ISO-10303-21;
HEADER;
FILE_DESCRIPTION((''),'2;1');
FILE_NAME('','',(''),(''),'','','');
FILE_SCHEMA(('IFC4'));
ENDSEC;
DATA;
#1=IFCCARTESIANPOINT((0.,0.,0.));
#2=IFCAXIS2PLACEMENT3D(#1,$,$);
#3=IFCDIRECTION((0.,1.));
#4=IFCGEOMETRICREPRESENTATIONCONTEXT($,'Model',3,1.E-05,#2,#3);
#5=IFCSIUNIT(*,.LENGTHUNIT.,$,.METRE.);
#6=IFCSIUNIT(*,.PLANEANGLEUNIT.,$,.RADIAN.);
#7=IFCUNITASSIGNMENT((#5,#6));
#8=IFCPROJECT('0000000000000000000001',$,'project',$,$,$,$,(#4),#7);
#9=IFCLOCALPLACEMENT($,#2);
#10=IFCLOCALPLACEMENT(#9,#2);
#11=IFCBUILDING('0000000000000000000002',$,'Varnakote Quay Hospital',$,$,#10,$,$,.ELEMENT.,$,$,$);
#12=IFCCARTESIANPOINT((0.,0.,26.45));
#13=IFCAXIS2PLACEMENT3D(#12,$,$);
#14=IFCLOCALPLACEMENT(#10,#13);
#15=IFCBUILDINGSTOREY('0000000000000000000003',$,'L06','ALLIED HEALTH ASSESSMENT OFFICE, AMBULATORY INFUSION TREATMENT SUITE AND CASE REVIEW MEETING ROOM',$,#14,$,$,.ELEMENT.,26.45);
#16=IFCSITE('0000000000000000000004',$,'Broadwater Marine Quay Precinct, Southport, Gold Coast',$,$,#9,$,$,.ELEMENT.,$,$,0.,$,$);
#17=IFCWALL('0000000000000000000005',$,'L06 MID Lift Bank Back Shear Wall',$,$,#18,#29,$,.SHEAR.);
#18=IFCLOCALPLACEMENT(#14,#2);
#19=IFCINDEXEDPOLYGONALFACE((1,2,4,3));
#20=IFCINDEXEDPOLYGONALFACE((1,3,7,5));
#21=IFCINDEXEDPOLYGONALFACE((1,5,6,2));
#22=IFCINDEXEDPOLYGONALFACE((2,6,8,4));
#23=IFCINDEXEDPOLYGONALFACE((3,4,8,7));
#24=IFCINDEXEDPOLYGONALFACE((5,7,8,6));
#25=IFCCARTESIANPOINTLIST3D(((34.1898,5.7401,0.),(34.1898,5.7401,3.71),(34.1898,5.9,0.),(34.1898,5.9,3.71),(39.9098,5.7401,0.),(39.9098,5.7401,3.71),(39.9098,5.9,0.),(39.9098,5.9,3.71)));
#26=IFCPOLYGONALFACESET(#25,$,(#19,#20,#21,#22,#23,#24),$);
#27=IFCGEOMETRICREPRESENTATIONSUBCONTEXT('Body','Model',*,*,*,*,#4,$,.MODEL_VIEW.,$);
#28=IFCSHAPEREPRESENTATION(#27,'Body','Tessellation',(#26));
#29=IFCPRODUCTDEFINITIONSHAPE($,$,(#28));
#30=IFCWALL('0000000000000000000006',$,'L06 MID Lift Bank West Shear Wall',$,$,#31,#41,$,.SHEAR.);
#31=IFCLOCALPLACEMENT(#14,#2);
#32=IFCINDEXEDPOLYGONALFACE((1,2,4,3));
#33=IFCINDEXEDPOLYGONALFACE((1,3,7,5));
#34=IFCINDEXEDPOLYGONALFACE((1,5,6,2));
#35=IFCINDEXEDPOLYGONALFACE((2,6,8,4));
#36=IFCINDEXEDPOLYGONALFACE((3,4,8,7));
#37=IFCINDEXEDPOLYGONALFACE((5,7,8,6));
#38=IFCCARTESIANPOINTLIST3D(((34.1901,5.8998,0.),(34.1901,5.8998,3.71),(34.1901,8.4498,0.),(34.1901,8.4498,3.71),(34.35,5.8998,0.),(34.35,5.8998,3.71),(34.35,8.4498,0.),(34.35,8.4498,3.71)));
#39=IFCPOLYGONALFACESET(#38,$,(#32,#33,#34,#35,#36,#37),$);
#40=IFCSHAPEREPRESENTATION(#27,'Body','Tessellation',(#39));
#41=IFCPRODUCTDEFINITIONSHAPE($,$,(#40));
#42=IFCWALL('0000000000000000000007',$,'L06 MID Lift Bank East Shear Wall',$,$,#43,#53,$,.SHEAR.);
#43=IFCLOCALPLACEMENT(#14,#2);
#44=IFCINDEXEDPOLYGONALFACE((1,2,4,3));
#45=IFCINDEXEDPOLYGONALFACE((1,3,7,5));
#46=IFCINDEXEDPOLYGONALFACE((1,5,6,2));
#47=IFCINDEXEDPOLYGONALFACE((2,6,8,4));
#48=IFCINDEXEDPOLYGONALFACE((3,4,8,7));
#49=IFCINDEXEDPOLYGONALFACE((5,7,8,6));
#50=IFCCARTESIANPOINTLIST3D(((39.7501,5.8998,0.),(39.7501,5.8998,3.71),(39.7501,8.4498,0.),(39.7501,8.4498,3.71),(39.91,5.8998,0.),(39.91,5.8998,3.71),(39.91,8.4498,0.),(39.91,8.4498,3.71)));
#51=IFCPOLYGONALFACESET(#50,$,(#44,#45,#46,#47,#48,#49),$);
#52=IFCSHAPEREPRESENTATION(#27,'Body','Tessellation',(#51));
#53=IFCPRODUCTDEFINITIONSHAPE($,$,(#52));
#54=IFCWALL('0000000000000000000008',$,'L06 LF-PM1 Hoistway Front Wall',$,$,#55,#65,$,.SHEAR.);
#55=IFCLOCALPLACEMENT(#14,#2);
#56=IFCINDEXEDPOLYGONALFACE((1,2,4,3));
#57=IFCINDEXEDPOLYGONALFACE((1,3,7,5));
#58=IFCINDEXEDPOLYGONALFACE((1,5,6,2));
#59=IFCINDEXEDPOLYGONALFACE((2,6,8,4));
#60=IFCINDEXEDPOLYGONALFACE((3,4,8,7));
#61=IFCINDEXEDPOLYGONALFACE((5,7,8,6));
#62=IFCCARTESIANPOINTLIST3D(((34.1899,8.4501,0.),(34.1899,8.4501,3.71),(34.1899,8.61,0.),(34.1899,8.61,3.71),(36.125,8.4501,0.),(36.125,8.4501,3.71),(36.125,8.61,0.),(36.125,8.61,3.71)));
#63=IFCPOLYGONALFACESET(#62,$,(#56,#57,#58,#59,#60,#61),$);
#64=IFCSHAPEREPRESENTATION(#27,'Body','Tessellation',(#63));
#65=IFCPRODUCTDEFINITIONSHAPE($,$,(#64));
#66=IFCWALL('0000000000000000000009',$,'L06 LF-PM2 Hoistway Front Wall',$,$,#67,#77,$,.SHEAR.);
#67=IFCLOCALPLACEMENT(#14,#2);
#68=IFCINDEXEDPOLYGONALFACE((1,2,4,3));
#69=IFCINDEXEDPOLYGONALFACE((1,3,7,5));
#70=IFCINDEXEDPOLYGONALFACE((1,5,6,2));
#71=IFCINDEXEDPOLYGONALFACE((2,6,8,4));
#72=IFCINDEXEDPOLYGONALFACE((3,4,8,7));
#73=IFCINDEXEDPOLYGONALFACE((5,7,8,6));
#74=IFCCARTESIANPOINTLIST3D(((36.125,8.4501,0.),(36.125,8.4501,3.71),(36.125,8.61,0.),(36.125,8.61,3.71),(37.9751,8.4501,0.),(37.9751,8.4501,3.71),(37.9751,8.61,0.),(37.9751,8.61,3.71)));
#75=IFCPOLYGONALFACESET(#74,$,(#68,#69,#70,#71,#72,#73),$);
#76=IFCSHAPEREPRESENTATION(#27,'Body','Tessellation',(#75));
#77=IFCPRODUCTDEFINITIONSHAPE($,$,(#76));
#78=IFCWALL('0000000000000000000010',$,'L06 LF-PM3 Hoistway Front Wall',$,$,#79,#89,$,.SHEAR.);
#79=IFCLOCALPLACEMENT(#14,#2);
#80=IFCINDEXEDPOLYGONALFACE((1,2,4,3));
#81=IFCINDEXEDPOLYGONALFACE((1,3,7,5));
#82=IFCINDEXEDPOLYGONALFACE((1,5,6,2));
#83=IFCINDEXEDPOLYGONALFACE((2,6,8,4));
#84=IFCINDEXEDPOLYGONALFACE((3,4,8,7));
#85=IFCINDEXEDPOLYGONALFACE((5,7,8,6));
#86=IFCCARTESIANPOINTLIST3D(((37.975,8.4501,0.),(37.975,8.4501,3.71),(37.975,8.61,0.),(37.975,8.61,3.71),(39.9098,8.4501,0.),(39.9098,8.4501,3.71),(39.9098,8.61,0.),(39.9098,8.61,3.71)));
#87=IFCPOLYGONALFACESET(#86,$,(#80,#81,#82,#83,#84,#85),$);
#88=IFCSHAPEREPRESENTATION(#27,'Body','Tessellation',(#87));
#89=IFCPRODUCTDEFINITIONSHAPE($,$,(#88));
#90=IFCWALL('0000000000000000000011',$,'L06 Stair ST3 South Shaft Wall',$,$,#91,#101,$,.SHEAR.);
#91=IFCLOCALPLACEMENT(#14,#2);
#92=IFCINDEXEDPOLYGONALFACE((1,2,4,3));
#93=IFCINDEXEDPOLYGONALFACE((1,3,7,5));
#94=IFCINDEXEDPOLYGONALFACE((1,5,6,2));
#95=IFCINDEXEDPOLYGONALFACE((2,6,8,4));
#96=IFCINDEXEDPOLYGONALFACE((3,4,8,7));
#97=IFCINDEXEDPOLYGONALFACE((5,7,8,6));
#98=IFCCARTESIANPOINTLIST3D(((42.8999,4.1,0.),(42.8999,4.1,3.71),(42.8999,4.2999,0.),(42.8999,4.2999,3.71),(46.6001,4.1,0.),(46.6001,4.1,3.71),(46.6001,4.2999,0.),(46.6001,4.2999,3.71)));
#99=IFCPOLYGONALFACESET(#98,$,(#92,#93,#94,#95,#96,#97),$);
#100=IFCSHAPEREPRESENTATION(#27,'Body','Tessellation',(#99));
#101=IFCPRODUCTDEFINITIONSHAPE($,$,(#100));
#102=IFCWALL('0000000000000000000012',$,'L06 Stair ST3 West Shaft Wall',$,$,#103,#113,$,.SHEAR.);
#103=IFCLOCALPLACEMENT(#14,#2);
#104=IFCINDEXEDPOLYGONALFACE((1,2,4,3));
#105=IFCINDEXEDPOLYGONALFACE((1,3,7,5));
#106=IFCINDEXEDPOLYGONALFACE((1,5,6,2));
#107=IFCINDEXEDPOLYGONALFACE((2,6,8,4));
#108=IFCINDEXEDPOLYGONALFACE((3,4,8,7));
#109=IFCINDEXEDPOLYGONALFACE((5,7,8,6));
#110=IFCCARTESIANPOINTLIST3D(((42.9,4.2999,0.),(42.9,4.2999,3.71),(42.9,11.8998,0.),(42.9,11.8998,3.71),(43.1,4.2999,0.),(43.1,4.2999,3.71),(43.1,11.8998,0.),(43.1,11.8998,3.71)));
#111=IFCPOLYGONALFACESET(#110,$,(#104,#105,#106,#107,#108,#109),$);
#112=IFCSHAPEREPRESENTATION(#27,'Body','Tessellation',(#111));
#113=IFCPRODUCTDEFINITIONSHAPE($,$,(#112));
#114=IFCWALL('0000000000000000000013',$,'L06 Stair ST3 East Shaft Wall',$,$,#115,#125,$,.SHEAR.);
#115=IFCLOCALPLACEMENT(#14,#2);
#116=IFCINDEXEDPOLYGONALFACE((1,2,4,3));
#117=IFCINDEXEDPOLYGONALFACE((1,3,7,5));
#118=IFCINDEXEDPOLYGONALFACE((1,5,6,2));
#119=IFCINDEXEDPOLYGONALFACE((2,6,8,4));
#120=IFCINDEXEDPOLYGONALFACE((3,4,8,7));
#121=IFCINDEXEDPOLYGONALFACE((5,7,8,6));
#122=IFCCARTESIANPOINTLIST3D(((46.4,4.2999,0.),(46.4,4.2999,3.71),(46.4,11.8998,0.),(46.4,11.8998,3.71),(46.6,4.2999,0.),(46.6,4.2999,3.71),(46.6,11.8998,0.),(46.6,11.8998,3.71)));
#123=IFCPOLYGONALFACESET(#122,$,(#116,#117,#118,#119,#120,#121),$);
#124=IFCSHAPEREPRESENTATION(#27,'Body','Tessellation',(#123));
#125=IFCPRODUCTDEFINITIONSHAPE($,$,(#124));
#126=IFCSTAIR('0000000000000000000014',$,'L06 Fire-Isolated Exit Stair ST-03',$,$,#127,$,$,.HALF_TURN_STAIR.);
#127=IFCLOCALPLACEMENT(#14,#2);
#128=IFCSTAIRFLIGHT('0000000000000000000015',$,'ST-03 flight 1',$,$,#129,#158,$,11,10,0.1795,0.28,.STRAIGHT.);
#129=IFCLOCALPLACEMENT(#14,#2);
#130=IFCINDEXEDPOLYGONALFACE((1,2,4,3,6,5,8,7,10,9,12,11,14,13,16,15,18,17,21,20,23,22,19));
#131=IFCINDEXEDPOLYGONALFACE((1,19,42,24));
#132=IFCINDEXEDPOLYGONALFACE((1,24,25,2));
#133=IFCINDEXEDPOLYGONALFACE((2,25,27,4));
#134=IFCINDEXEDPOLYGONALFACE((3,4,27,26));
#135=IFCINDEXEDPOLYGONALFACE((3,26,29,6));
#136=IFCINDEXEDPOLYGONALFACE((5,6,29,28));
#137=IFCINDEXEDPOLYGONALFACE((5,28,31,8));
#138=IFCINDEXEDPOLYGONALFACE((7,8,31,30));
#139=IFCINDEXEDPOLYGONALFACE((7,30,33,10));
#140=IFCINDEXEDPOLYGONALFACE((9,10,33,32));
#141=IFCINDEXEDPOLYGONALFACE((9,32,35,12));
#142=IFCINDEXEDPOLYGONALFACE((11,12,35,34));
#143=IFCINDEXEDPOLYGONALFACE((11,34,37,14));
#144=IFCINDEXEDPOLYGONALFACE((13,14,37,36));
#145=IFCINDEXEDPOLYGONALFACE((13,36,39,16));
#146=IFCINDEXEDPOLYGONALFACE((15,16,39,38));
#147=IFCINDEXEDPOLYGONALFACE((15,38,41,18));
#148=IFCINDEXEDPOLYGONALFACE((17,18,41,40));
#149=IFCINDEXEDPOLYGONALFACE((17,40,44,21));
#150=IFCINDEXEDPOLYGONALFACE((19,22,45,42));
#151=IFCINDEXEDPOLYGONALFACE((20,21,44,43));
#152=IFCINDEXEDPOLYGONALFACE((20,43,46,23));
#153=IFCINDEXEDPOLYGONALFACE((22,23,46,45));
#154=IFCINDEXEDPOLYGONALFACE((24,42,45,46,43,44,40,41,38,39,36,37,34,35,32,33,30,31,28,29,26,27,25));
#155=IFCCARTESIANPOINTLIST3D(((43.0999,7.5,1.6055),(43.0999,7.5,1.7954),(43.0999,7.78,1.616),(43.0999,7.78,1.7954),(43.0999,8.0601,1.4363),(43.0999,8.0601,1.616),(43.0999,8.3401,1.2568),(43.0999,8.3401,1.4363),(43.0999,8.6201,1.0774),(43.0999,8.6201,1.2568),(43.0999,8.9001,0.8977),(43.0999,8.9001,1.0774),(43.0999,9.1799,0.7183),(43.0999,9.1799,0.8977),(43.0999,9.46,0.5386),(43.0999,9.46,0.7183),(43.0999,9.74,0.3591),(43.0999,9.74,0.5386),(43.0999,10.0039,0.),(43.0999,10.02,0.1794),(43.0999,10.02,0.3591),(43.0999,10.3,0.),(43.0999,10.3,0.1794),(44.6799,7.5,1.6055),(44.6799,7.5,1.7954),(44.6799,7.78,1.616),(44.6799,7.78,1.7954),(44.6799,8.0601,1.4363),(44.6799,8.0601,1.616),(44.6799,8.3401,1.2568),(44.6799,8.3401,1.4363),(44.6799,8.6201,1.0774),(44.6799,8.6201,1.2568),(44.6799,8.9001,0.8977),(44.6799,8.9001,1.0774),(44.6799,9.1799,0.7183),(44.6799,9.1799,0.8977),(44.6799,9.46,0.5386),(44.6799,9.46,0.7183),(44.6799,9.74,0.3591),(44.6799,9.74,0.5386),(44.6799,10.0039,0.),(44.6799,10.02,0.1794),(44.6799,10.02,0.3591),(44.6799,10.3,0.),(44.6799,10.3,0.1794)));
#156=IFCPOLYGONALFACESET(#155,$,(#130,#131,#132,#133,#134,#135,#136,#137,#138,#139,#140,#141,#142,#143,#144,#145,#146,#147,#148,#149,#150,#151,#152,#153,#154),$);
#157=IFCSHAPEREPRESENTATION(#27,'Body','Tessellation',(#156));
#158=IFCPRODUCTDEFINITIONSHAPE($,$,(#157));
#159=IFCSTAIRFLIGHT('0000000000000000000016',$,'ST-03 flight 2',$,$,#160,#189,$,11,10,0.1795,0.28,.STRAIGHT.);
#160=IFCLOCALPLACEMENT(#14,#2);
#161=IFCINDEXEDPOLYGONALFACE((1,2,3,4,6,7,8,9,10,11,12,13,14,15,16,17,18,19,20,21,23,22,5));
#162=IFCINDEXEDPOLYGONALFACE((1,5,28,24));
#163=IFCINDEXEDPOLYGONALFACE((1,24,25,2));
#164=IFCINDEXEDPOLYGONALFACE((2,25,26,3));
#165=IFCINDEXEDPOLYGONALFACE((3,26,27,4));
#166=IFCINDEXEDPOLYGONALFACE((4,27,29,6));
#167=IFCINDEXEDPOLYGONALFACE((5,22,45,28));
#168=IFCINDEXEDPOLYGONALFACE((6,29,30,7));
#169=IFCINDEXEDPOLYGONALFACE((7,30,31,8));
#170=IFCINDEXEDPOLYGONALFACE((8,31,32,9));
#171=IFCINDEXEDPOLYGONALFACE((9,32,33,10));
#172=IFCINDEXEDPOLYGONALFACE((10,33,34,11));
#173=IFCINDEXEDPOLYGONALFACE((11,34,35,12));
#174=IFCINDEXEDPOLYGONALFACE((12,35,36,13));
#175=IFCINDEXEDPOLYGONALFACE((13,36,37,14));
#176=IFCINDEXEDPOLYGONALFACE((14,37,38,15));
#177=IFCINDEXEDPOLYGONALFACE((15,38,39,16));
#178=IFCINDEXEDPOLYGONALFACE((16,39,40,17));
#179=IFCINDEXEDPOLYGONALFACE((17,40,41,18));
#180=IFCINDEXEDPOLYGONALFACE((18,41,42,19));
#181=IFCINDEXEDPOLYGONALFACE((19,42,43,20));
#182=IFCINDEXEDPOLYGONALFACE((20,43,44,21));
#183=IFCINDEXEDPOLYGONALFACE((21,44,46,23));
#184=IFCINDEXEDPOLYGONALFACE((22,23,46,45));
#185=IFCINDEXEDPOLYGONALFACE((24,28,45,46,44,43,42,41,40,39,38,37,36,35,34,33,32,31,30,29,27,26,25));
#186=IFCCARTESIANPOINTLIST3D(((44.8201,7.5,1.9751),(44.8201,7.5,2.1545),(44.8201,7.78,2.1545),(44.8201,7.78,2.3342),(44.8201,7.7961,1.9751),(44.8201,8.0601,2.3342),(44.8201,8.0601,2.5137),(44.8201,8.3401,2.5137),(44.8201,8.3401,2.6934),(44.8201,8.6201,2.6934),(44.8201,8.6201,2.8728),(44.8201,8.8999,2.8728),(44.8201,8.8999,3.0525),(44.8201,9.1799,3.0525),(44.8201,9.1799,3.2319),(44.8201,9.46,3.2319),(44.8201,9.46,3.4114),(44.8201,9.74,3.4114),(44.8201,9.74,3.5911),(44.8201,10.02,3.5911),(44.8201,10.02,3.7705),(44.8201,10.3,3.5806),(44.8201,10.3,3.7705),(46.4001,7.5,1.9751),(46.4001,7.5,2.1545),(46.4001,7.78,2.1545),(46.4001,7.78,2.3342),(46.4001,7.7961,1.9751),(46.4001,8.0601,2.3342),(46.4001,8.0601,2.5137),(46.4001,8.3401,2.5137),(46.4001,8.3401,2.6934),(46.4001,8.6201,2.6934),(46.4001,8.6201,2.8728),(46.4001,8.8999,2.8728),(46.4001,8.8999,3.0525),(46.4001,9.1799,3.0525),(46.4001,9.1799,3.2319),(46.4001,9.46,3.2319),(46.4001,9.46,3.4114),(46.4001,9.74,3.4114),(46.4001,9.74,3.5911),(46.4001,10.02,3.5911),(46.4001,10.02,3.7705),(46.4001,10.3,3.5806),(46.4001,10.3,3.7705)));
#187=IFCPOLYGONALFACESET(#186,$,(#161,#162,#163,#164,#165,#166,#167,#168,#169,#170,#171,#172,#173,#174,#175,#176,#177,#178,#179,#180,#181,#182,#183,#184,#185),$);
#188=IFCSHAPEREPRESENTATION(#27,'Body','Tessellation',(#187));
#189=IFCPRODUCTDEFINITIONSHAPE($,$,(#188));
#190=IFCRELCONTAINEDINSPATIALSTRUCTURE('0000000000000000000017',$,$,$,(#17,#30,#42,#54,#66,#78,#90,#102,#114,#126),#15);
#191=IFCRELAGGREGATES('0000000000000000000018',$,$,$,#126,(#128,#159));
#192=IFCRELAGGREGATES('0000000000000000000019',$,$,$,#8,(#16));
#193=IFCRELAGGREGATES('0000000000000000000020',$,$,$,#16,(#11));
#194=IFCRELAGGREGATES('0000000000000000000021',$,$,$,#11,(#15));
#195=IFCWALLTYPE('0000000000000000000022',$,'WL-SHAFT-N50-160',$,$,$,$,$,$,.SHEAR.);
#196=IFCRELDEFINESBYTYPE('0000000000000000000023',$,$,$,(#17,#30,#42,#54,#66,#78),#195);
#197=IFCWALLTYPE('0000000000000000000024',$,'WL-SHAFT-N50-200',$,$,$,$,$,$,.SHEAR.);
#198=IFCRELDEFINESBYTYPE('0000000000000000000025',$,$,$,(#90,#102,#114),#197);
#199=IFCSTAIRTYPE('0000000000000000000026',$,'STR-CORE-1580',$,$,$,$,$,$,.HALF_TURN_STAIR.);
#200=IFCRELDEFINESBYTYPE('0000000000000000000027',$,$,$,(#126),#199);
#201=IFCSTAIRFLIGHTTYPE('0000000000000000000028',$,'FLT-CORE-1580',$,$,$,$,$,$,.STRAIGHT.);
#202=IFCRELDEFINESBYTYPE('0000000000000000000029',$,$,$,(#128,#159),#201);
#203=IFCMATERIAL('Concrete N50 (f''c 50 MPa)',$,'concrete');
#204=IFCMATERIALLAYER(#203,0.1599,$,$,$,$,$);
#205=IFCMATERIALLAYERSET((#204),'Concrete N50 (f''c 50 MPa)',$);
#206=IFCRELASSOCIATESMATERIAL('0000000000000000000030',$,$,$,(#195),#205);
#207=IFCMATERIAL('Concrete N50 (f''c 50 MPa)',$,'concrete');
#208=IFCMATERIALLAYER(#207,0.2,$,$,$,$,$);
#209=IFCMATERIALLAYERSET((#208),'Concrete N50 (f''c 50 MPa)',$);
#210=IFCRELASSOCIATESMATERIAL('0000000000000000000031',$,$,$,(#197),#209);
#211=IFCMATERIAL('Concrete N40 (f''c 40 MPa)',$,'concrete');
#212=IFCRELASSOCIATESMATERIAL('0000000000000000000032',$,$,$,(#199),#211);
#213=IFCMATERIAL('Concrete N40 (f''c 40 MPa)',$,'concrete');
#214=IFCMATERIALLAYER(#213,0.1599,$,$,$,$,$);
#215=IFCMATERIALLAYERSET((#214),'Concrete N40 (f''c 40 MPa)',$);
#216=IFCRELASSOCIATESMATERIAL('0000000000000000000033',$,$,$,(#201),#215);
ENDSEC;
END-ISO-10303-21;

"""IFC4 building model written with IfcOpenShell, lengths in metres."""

from ifc_helpers import new_model, si_unit, direction, frame, frame_2d, origin, place, context, subcontext, project, spatial, polyline, rectangle, outline, extrude, material, layer, layer_set, type_object, element, aggregate, save


model = new_model("IFC4")

# Units and contexts
model_context = context("Model", 3, precision=1e-05, world=origin(), true_north=direction((0.0, 1.0)))
body_context = subcontext(model_context, "Body", "Model", "MODEL_VIEW")
ifc_project = project(units=[si_unit("LENGTHUNIT", "METRE"), si_unit("PLANEANGLEUNIT", "RADIAN")], contexts=[model_context])

# Site, building, storey
site_placement = place(None, origin())
site = spatial("IfcSite", under=ifc_project, at=site_placement, Name="Broadwater Marine Quay Precinct, Southport, Gold Coast", CompositionType="ELEMENT", RefElevation=0.0)
building_placement = place(site_placement, origin())
building = spatial("IfcBuilding", under=site, at=building_placement, Name="Varnakote Quay Hospital", CompositionType="ELEMENT")
storey_placement = place(building_placement, frame((0.0, 0.0, 26.45)))
storey = spatial("IfcBuildingStorey", under=building, at=storey_placement, Name="L06", Description="ALLIED HEALTH ASSESSMENT OFFICE, AMBULATORY INFUSION TREATMENT SUITE AND CASE REVIEW MEETING ROOM", CompositionType="ELEMENT", Elevation=26.45)

# Walls
ifc_material_1 = material(Name="Concrete N50 (f'c 50 MPa)", Category="concrete")
ifc_layer_1 = layer(ifc_material_1, 0.1599)
ifc_layer_set_1 = layer_set([ifc_layer_1], Name="Concrete N50 (f'c 50 MPa)")
wall_type_1 = type_object("IfcWallType", Name="WL-SHAFT-N50-160", PredefinedType="SHEAR", material=ifc_layer_set_1)
wall_1_placement = place(storey_placement, frame((34.1899, 5.8201, 0.0), z_axis=(0.0, 0.0, 1.0), x_axis=(1.0, 0.0, 0.0)))
element("IfcWall", 1, at=wall_1_placement, inside=storey, type_object=wall_type_1, Name="L06 MID Lift Bank Back Shear Wall", PredefinedType="SHEAR", context=body_context, shape_type="SweptSolid", body=[
    extrude(rectangle(XDim=5.72, YDim=0.1599, at=frame_2d((2.8599, 0.0))), origin(), (0.0, 0.0, 1.0), 3.71),
])
for number, where, z_axis, x_axis, name in (
    (2, (34.27, 5.8999, 0.0), (0.0, 0.0, 1.0), (0.0, 1.0, 0.0), "L06 MID Lift Bank West Shear Wall"),
    (3, (39.8301, 5.8999, 0.0), (0.0, 0.0, 1.0), (0.0, 1.0, 0.0), "L06 MID Lift Bank East Shear Wall"),
):
    element("IfcWall", number, at=place(storey_placement, frame(where, z_axis=z_axis, x_axis=x_axis)), inside=storey, type_object=wall_type_1, Name=name, PredefinedType="SHEAR", context=body_context, shape_type="SweptSolid", body=[
        extrude(rectangle(XDim=2.55, YDim=0.1599, at=frame_2d((1.2749, 0.0))), origin(), (0.0, 0.0, 1.0), 3.71),
    ])
wall_2_placement = place(storey_placement, frame((34.1899, 8.53, 0.0), z_axis=(0.0, 0.0, 1.0), x_axis=(1.0, 0.0, 0.0)))
element("IfcWall", 4, at=wall_2_placement, inside=storey, type_object=wall_type_1, Name="L06 LF-PM1 Hoistway Front Wall", PredefinedType="SHEAR", context=body_context, shape_type="SweptSolid", body=[
    extrude(rectangle(XDim=1.9351, YDim=0.1599, at=frame_2d((0.9675, 0.0))), origin(), (0.0, 0.0, 1.0), 3.71),
])
wall_3_placement = place(storey_placement, frame((36.125, 8.53, 0.0), z_axis=(0.0, 0.0, 1.0), x_axis=(1.0, 0.0, 0.0)))
element("IfcWall", 5, at=wall_3_placement, inside=storey, type_object=wall_type_1, Name="L06 LF-PM2 Hoistway Front Wall", PredefinedType="SHEAR", context=body_context, shape_type="SweptSolid", body=[
    extrude(rectangle(XDim=1.8501, YDim=0.1599, at=frame_2d((0.925, 0.0))), origin(), (0.0, 0.0, 1.0), 3.71),
])
wall_4_placement = place(storey_placement, frame((37.9751, 8.53, 0.0), z_axis=(0.0, 0.0, 1.0), x_axis=(1.0, 0.0, 0.0)))
element("IfcWall", 6, at=wall_4_placement, inside=storey, type_object=wall_type_1, Name="L06 LF-PM3 Hoistway Front Wall", PredefinedType="SHEAR", context=body_context, shape_type="SweptSolid", body=[
    extrude(rectangle(XDim=1.9348, YDim=0.1599, at=frame_2d((0.9673, 0.0))), origin(), (0.0, 0.0, 1.0), 3.71),
])
ifc_material_2 = material(Name="Concrete N50 (f'c 50 MPa)", Category="concrete")
ifc_layer_2 = layer(ifc_material_2, 0.2)
ifc_layer_set_2 = layer_set([ifc_layer_2], Name="Concrete N50 (f'c 50 MPa)")
wall_type_2 = type_object("IfcWallType", Name="WL-SHAFT-N50-200", PredefinedType="SHEAR", material=ifc_layer_set_2)
wall_5_placement = place(storey_placement, frame((42.8999, 4.2, 0.0), z_axis=(0.0, 0.0, 1.0), x_axis=(1.0, 0.0, 0.0)))
element("IfcWall", 7, at=wall_5_placement, inside=storey, type_object=wall_type_2, Name="L06 Stair ST3 South Shaft Wall", PredefinedType="SHEAR", context=body_context, shape_type="SweptSolid", body=[
    extrude(rectangle(XDim=3.7002, YDim=0.2, at=frame_2d((1.8501, 0.0))), origin(), (0.0, 0.0, 1.0), 3.71),
])
for number, where, z_axis, x_axis, name in (
    (8, (43.0, 4.3, 0.0), (0.0, 0.0, 1.0), (0.0, 1.0, 0.0), "L06 Stair ST3 West Shaft Wall"),
    (9, (46.5, 4.3, 0.0), (0.0, 0.0, 1.0), (0.0, 1.0, 0.0), "L06 Stair ST3 East Shaft Wall"),
):
    element("IfcWall", number, at=place(storey_placement, frame(where, z_axis=z_axis, x_axis=x_axis)), inside=storey, type_object=wall_type_2, Name=name, PredefinedType="SHEAR", context=body_context, shape_type="SweptSolid", body=[
        extrude(rectangle(XDim=7.5999, YDim=0.2, at=frame_2d((3.7998, 0.0))), origin(), (0.0, 0.0, 1.0), 3.71),
    ])

# Stair, stair flights
ifc_material_3 = material(Name="Concrete N40 (f'c 40 MPa)", Category="concrete")
stair_type = type_object("IfcStairType", Name="STR-CORE-1580", PredefinedType="HALF_TURN_STAIR", material=ifc_material_3)
stair_placement = place(storey_placement, origin())
stair = element("IfcStair", 10, at=stair_placement, inside=storey, type_object=stair_type, Name="L06 Fire-Isolated Exit Stair ST-03", PredefinedType="HALF_TURN_STAIR")
ifc_material_4 = material(Name="Concrete N40 (f'c 40 MPa)", Category="concrete")
ifc_layer_3 = layer(ifc_material_4, 0.1599)
ifc_layer_set_3 = layer_set([ifc_layer_3], Name="Concrete N40 (f'c 40 MPa)")
stair_flight_type = type_object("IfcStairFlightType", Name="FLT-CORE-1580", PredefinedType="STRAIGHT", material=ifc_layer_set_3)
stair_flight_1_placement = place(storey_placement, frame((43.8899, 10.3, 0.0), z_axis=(0.0, 0.0, 1.0), x_axis=(0.0, -1.0, 0.0)))
stair_flight_1 = element("IfcStairFlight", 11, at=stair_flight_1_placement, type_object=stair_flight_type, Name="ST-03 flight 1", NumberOfRisers=11, NumberOfTreads=10, PredefinedType="STRAIGHT", RiserHeight=0.1795, TreadLength=0.28, context=body_context, shape_type="SweptSolid", body=[
    extrude(outline(polyline([(0.0, 0.0), (0.0, 0.1794), (0.28, 0.1794), (0.28, 0.3591), (0.5601, 0.3591), (0.5601, 0.5386), (0.8401, 0.5386), (0.8401, 0.7183), (1.1201, 0.7183), (1.1201, 0.8977), (1.3999, 0.8977), (1.3999, 1.0774), (1.6799, 1.0774), (1.6799, 1.2568), (1.96, 1.2568), (1.96, 1.4363), (2.24, 1.4363), (2.24, 1.616), (2.52, 1.616), (2.52, 1.7954), (2.8, 1.7954), (2.8, 1.9751), (2.8, 1.6055), (0.2961, 0.0), (0.0, 0.0)])), frame((0.0, 0.79, 0.0), z_axis=(0.0, -1.0, 0.0), x_axis=(1.0, 0.0, 0.0)), (0.0, 0.0, 1.0), 1.5801),
])
stair_flight_2_placement = place(storey_placement, frame((45.6101, 7.5, 1.9751), z_axis=(0.0, 0.0, 1.0), x_axis=(0.0, 1.0, 0.0)))
stair_flight_2 = element("IfcStairFlight", 12, at=stair_flight_2_placement, type_object=stair_flight_type, Name="ST-03 flight 2", NumberOfRisers=11, NumberOfTreads=10, PredefinedType="STRAIGHT", RiserHeight=0.1795, TreadLength=0.28, context=body_context, shape_type="SweptSolid", body=[
    extrude(outline(polyline([(0.0, 0.0), (0.0, 0.1794), (0.28, 0.1794), (0.28, 0.3591), (0.5601, 0.3591), (0.5601, 0.5386), (0.8401, 0.5386), (0.8401, 0.7183), (1.1201, 0.7183), (1.1201, 0.8977), (1.3999, 0.8977), (1.3999, 1.0774), (1.6799, 1.0774), (1.6799, 1.2568), (1.96, 1.2568), (1.96, 1.4363), (2.24, 1.4363), (2.24, 1.616), (2.52, 1.616), (2.52, 1.7954), (2.8, 1.7954), (2.8, 1.9751), (2.8, 1.6055), (0.2961, 0.0), (0.0, 0.0)])), frame((0.0, 0.79, 0.0), z_axis=(0.0, -1.0, 0.0), x_axis=(1.0, 0.0, 0.0)), (0.0, 0.0, 1.0), 1.5801),
])
aggregate(stair, [stair_flight_1, stair_flight_2])

save(model, "model.ifc")
